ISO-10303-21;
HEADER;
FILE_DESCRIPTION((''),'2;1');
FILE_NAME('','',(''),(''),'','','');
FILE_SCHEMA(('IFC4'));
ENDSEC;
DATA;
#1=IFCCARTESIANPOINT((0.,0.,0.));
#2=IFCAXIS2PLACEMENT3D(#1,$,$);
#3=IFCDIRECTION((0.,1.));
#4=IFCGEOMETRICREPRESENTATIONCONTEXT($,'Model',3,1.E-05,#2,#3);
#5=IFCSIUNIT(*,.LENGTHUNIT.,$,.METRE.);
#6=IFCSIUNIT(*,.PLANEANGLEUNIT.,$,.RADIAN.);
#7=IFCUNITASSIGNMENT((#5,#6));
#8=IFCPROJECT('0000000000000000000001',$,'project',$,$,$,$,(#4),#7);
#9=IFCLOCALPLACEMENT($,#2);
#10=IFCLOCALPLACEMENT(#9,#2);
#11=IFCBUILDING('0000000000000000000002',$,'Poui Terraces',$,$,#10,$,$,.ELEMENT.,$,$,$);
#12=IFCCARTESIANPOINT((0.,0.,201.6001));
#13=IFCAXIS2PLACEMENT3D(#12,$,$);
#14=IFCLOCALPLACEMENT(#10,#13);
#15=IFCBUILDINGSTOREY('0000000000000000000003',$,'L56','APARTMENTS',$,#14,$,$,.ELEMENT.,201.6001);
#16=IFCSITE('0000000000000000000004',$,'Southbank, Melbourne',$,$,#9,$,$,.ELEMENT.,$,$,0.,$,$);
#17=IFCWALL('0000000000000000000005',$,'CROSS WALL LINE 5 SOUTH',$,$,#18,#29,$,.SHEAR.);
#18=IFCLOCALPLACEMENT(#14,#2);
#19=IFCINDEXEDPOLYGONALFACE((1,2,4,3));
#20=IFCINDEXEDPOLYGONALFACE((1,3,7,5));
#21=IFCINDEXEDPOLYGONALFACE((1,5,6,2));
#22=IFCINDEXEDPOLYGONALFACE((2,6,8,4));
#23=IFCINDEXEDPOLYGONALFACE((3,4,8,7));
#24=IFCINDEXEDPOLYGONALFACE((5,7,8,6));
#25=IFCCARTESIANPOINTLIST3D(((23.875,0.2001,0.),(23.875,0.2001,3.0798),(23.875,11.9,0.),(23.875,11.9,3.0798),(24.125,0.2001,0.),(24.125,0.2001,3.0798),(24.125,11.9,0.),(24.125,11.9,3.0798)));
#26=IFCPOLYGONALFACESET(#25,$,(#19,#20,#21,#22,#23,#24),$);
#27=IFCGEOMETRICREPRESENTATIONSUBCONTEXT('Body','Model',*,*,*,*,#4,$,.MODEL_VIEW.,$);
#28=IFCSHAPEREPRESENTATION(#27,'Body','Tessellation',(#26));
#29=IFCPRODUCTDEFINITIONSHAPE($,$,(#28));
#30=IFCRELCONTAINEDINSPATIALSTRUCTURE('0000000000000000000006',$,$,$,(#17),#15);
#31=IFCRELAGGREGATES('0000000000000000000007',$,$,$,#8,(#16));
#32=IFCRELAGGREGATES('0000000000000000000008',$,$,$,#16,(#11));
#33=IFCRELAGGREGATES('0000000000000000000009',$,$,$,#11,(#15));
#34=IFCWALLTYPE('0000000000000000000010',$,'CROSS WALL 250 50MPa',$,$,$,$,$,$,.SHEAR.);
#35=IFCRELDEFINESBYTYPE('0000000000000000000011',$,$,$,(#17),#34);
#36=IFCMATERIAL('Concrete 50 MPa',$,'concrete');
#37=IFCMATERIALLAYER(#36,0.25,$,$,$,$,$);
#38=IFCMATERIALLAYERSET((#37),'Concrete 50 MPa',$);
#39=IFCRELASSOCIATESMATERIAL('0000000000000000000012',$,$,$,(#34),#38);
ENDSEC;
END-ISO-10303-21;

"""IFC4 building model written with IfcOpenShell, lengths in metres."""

from ifc_helpers import new_model, si_unit, direction, frame, frame_2d, origin, place, context, subcontext, project, spatial, rectangle, extrude, material, layer, layer_set, type_object, element, save


model = new_model("IFC4")

# Units and contexts
model_context = context("Model", 3, precision=1e-05, world=origin(), true_north=direction((0.0, 1.0)))
body_context = subcontext(model_context, "Body", "Model", "MODEL_VIEW")
ifc_project = project(units=[si_unit("LENGTHUNIT", "METRE"), si_unit("PLANEANGLEUNIT", "RADIAN")], contexts=[model_context])

# Site, building, storey
site_placement = place(None, origin())
site = spatial("IfcSite", under=ifc_project, at=site_placement, Name="Southbank, Melbourne", CompositionType="ELEMENT", RefElevation=0.0)
building_placement = place(site_placement, origin())
building = spatial("IfcBuilding", under=site, at=building_placement, Name="Poui Terraces", CompositionType="ELEMENT")
storey_placement = place(building_placement, frame((0.0, 0.0, 201.6001)))
storey = spatial("IfcBuildingStorey", under=building, at=storey_placement, Name="L56", Description="APARTMENTS", CompositionType="ELEMENT", Elevation=201.6001)

# Wall
ifc_material_1 = material(Name="Concrete 50 MPa", Category="concrete")
ifc_layer_1 = layer(ifc_material_1, 0.25)
ifc_layer_set_1 = layer_set([ifc_layer_1], Name="Concrete 50 MPa")
wall_type_1 = type_object("IfcWallType", Name="CROSS WALL 250 50MPa", PredefinedType="SHEAR", material=ifc_layer_set_1)
wall_1_placement = place(storey_placement, frame((24.0, 0.2, 0.0), z_axis=(0.0, 0.0, 1.0), x_axis=(0.0, 1.0, 0.0)))
element("IfcWall", 1, at=wall_1_placement, inside=storey, type_object=wall_type_1, Name="CROSS WALL LINE 5 SOUTH", PredefinedType="SHEAR", context=body_context, shape_type="SweptSolid", body=[
    extrude(rectangle(XDim=11.7, YDim=0.25, at=frame_2d((5.8501, 0.0))), origin(), (0.0, 0.0, 1.0), 3.0798),
])

save(model, "model.ifc")
